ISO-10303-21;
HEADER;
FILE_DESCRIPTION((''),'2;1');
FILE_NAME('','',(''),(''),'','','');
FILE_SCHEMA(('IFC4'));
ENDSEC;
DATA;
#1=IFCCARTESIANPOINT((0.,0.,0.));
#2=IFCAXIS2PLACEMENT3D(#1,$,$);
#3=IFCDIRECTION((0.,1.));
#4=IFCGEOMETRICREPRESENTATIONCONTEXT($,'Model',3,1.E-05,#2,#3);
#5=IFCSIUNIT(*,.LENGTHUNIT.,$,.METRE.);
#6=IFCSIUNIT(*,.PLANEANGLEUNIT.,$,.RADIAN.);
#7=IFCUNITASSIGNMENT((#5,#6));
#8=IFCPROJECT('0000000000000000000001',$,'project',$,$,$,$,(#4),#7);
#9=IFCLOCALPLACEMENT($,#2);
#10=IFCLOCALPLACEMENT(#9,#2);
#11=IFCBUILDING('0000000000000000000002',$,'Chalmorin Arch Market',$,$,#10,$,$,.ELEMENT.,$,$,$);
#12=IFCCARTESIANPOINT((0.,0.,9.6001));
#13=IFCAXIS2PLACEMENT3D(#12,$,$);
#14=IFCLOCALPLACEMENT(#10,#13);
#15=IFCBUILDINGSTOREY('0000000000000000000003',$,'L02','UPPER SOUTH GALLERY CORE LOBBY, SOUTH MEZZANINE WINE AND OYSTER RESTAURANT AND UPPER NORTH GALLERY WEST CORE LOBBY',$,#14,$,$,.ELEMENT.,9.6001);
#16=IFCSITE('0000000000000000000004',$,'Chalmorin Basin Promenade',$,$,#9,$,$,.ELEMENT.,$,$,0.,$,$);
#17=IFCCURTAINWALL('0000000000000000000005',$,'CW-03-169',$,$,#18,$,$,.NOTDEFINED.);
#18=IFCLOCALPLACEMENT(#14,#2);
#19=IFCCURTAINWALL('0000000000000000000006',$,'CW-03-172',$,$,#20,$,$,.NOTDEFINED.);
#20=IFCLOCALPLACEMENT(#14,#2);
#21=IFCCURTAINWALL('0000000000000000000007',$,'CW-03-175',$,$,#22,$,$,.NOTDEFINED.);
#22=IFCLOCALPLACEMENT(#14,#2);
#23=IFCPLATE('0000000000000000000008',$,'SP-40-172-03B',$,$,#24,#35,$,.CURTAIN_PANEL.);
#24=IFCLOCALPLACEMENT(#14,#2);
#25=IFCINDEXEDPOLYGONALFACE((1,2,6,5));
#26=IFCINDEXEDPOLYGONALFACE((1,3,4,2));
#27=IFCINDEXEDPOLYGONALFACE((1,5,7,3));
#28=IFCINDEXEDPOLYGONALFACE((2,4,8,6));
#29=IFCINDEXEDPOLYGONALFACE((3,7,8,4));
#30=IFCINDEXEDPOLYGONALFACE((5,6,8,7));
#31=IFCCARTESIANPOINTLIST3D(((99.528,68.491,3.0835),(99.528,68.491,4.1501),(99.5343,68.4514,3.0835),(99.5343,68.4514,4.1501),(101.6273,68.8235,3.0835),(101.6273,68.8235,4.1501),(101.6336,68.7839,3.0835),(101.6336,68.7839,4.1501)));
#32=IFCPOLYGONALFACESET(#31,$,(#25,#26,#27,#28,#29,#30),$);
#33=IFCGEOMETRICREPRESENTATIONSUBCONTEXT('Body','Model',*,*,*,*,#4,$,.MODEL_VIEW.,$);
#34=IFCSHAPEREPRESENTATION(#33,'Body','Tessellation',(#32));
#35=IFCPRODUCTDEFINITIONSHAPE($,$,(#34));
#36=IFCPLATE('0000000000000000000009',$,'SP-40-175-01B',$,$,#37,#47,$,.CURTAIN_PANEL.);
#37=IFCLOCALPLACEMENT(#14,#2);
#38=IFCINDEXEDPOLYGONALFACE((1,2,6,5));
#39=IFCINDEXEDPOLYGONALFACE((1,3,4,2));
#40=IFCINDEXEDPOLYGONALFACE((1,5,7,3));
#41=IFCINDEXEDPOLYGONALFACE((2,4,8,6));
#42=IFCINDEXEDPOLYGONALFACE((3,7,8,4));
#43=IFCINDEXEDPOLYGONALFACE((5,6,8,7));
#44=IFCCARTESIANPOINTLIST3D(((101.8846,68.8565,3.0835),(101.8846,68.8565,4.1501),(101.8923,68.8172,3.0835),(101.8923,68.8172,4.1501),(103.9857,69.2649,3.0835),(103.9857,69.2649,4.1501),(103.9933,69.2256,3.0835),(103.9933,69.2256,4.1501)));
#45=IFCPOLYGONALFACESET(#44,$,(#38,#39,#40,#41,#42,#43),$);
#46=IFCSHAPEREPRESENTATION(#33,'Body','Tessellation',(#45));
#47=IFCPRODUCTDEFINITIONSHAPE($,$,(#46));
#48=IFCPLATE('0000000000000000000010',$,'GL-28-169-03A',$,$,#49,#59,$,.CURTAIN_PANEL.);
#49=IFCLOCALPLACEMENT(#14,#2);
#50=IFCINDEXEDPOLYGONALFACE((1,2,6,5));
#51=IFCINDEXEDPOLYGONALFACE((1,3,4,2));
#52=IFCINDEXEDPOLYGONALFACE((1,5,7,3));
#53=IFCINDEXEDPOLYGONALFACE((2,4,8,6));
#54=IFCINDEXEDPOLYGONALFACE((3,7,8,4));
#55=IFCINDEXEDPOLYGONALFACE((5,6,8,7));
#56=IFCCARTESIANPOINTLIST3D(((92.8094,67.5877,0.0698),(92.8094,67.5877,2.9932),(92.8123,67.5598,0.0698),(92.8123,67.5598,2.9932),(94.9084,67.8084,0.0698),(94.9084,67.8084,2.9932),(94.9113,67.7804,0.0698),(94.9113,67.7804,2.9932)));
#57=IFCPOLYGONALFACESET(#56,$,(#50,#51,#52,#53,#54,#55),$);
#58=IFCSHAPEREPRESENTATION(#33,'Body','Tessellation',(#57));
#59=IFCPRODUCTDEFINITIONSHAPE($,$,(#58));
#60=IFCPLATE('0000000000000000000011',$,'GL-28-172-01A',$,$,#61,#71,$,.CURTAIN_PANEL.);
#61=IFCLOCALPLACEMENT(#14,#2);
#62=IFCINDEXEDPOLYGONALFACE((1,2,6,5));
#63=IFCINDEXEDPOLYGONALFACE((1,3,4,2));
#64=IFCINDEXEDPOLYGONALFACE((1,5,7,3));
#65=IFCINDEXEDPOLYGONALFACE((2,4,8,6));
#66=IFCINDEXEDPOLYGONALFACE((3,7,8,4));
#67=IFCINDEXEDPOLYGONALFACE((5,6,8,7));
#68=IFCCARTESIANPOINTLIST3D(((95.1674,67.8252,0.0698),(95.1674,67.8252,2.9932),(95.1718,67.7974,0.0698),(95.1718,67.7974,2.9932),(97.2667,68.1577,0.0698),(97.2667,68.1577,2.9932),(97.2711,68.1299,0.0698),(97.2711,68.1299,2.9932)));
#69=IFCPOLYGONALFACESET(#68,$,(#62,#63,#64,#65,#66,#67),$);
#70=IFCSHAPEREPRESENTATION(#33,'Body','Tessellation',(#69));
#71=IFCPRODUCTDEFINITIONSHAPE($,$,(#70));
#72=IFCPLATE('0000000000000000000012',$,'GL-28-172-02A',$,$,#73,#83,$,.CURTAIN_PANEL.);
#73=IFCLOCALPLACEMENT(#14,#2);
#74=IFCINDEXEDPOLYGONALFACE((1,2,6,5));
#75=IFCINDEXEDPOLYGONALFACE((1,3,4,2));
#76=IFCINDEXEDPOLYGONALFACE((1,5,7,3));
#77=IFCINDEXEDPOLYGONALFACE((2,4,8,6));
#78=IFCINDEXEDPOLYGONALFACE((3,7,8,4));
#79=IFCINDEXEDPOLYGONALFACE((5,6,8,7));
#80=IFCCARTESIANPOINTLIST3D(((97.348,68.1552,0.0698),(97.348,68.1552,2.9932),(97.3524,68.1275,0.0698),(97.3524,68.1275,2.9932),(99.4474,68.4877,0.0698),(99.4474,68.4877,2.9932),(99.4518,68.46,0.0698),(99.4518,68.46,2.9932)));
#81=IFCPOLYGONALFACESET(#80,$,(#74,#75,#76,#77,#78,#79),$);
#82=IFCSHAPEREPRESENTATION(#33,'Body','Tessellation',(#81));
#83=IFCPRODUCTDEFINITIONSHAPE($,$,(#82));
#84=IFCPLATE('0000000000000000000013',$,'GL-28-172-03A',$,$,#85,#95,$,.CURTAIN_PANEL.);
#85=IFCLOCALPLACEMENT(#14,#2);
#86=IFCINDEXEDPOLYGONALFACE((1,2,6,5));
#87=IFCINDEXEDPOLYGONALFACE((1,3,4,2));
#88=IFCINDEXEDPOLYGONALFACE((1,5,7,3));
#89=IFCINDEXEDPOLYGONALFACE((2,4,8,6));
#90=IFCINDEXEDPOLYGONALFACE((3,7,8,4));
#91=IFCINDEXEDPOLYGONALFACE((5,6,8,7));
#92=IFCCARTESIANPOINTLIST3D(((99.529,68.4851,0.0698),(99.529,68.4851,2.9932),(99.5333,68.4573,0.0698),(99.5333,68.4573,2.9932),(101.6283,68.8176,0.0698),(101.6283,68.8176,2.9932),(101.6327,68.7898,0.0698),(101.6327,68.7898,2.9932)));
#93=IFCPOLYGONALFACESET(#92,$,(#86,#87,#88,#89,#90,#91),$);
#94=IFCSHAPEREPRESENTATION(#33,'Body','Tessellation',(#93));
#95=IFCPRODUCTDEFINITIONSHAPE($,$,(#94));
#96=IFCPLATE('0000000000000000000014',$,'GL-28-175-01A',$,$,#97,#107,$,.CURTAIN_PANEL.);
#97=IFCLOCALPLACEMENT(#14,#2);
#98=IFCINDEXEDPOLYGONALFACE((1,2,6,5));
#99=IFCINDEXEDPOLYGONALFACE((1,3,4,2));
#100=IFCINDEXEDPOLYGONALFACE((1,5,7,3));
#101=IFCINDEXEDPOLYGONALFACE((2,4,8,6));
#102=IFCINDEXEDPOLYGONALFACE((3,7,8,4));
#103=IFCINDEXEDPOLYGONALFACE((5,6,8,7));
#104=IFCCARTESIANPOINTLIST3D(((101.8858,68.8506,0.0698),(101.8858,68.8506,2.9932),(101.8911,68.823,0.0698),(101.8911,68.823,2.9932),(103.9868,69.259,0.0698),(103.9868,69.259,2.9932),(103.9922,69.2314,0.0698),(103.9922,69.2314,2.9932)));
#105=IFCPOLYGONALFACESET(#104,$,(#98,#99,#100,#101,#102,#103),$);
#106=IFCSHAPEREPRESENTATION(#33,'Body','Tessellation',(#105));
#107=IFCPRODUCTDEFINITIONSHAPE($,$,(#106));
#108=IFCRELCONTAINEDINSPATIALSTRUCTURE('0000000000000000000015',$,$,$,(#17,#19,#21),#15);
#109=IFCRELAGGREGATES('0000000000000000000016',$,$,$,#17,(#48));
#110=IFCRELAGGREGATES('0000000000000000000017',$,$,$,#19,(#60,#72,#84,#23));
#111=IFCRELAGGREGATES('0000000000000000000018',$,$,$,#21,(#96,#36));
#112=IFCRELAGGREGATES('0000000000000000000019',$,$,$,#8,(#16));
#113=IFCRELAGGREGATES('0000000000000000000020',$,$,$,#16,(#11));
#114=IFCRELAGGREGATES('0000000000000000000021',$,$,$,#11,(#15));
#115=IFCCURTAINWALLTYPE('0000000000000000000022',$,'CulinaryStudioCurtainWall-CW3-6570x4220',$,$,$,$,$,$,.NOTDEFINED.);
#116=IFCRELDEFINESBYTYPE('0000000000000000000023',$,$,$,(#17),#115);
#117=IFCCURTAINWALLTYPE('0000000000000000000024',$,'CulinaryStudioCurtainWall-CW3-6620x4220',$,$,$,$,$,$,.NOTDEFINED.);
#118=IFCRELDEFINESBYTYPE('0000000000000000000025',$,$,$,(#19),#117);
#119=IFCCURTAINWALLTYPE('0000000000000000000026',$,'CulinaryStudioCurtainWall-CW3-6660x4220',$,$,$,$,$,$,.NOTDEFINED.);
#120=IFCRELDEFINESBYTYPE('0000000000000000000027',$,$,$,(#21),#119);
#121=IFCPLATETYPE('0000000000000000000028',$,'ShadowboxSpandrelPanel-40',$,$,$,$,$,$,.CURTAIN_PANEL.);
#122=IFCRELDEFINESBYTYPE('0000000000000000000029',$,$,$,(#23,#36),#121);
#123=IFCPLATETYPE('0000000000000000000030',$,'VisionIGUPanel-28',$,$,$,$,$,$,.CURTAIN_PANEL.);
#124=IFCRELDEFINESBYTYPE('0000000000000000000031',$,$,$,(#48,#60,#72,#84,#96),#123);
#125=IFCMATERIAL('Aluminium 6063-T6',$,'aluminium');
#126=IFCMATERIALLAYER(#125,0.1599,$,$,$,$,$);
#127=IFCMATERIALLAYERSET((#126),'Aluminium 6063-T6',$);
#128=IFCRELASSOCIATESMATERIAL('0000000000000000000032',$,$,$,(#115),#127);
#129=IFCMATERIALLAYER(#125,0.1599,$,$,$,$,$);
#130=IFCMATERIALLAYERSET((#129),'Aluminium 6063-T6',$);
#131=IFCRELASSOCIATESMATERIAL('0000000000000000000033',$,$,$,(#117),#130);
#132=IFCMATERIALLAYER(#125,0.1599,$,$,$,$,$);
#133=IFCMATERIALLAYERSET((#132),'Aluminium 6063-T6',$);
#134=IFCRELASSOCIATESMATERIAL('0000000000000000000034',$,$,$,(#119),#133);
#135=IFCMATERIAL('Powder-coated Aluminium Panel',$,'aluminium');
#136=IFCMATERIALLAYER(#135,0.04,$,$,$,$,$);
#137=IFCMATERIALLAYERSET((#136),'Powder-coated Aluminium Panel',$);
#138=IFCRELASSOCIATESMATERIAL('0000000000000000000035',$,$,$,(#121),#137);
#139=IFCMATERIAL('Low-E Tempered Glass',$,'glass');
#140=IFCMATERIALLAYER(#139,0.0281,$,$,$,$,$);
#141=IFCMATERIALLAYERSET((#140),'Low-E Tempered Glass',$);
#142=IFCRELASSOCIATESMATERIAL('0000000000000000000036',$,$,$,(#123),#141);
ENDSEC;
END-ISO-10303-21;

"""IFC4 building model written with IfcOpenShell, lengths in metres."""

from ifc_helpers import new_model, si_unit, direction, frame, origin, origin_2d, place, context, subcontext, project, spatial, rectangle, extrude, material, layer, layer_set, type_object, element, aggregate, save


model = new_model("IFC4")

# Units and contexts
model_context = context("Model", 3, precision=1e-05, world=origin(), true_north=direction((0.0, 1.0)))
body_context = subcontext(model_context, "Body", "Model", "MODEL_VIEW")
ifc_project = project(units=[si_unit("LENGTHUNIT", "METRE"), si_unit("PLANEANGLEUNIT", "RADIAN")], contexts=[model_context])

# Site, building, storey
site_placement = place(None, origin())
site = spatial("IfcSite", under=ifc_project, at=site_placement, Name="Chalmorin Basin Promenade", CompositionType="ELEMENT", RefElevation=0.0)
building_placement = place(site_placement, origin())
building = spatial("IfcBuilding", under=site, at=building_placement, Name="Chalmorin Arch Market", CompositionType="ELEMENT")
storey_placement = place(building_placement, frame((0.0, 0.0, 9.6001)))
storey = spatial("IfcBuildingStorey", under=building, at=storey_placement, Name="L02", Description="UPPER SOUTH GALLERY CORE LOBBY, SOUTH MEZZANINE WINE AND OYSTER RESTAURANT AND UPPER NORTH GALLERY WEST CORE LOBBY", CompositionType="ELEMENT", Elevation=9.6001)

# Curtain wall
ifc_material_1 = material(Name="Aluminium 6063-T6", Category="aluminium")
ifc_layer_1 = layer(ifc_material_1, 0.1599)
ifc_layer_set_1 = layer_set([ifc_layer_1], Name="Aluminium 6063-T6")
curtain_wall_type_1 = type_object("IfcCurtainWallType", Name="CulinaryStudioCurtainWall-CW3-6570x4220", PredefinedType="NOTDEFINED", material=ifc_layer_set_1)
curtain_wall_1_placement = place(storey_placement, origin())
curtain_wall_1 = element("IfcCurtainWall", 1, at=curtain_wall_1_placement, inside=storey, type_object=curtain_wall_type_1, Name="CW-03-169", PredefinedType="NOTDEFINED")

# Curtain wall
ifc_layer_2 = layer(ifc_material_1, 0.1599)
ifc_layer_set_2 = layer_set([ifc_layer_2], Name="Aluminium 6063-T6")
curtain_wall_type_2 = type_object("IfcCurtainWallType", Name="CulinaryStudioCurtainWall-CW3-6620x4220", PredefinedType="NOTDEFINED", material=ifc_layer_set_2)
curtain_wall_2_placement = place(storey_placement, origin())
curtain_wall_2 = element("IfcCurtainWall", 2, at=curtain_wall_2_placement, inside=storey, type_object=curtain_wall_type_2, Name="CW-03-172", PredefinedType="NOTDEFINED")

# Curtain wall
ifc_layer_3 = layer(ifc_material_1, 0.1599)
ifc_layer_set_3 = layer_set([ifc_layer_3], Name="Aluminium 6063-T6")
curtain_wall_type_3 = type_object("IfcCurtainWallType", Name="CulinaryStudioCurtainWall-CW3-6660x4220", PredefinedType="NOTDEFINED", material=ifc_layer_set_3)
curtain_wall_3_placement = place(storey_placement, origin())
curtain_wall_3 = element("IfcCurtainWall", 3, at=curtain_wall_3_placement, inside=storey, type_object=curtain_wall_type_3, Name="CW-03-175", PredefinedType="NOTDEFINED")

# Plates
ifc_material_2 = material(Name="Powder-coated Aluminium Panel", Category="aluminium")
ifc_layer_4 = layer(ifc_material_2, 0.04)
ifc_layer_set_4 = layer_set([ifc_layer_4], Name="Powder-coated Aluminium Panel")
plate_type_1 = type_object("IfcPlateType", Name="ShadowboxSpandrelPanel-40", PredefinedType="CURTAIN_PANEL", material=ifc_layer_set_4)
plate_1_placement = place(storey_placement, frame((100.5808, 68.6375, 3.0835), z_axis=(0.0, 0.0, 1.0), x_axis=(0.987688, 0.156434, 0.0)))
plate_1 = element("IfcPlate", 4, at=plate_1_placement, type_object=plate_type_1, Name="SP-40-172-03B", PredefinedType="CURTAIN_PANEL", context=body_context, shape_type="SweptSolid", body=[
    extrude(rectangle(XDim=2.1255, YDim=0.04, at=origin_2d()), origin(), (0.0, 0.0, 1.0), 1.0667),
])
plate_2_placement = place(storey_placement, frame((102.939, 69.041, 3.0835), z_axis=(0.0, 0.0, 1.0), x_axis=(0.981627, 0.190809, 0.0)))
plate_2 = element("IfcPlate", 5, at=plate_2_placement, type_object=plate_type_1, Name="SP-40-175-01B", PredefinedType="CURTAIN_PANEL", context=body_context, shape_type="SweptSolid", body=[
    extrude(rectangle(XDim=2.1404, YDim=0.04, at=origin_2d()), origin(), (0.0, 0.0, 1.0), 1.0667),
])
ifc_material_3 = material(Name="Low-E Tempered Glass", Category="glass")
ifc_layer_5 = layer(ifc_material_3, 0.0281)
ifc_layer_set_5 = layer_set([ifc_layer_5], Name="Low-E Tempered Glass")
plate_type_2 = type_object("IfcPlateType", Name="VisionIGUPanel-28", PredefinedType="CURTAIN_PANEL", material=ifc_layer_set_5)
plate_3_placement = place(storey_placement, frame((93.8604, 67.6841, 0.0698), z_axis=(0.0, 0.0, 1.0), x_axis=(0.994522, 0.104528, 0.0)))
plate_3 = element("IfcPlate", 6, at=plate_3_placement, type_object=plate_type_2, Name="GL-28-169-03A", PredefinedType="CURTAIN_PANEL", context=body_context, shape_type="SweptSolid", body=[
    extrude(rectangle(XDim=2.1106, YDim=0.0281, at=origin_2d()), origin(), (0.0, 0.0, 1.0), 2.9233),
])
aggregate(curtain_wall_1, [plate_3])
plate_4_placement = place(storey_placement, frame((96.2192, 67.9775, 0.0698), z_axis=(0.0, 0.0, 1.0), x_axis=(0.987688, 0.156434, 0.0)))
plate_4 = element("IfcPlate", 7, at=plate_4_placement, type_object=plate_type_2, Name="GL-28-172-01A", PredefinedType="CURTAIN_PANEL", context=body_context, shape_type="SweptSolid", body=[
    extrude(rectangle(XDim=2.1255, YDim=0.0281, at=origin_2d()), origin(), (0.0, 0.0, 1.0), 2.9233),
])
plate_5_placement = place(storey_placement, frame((98.3999, 68.3076, 0.0698), z_axis=(0.0, 0.0, 1.0), x_axis=(0.987688, 0.156434, 0.0)))
plate_5 = element("IfcPlate", 8, at=plate_5_placement, type_object=plate_type_2, Name="GL-28-172-02A", PredefinedType="CURTAIN_PANEL", context=body_context, shape_type="SweptSolid", body=[
    extrude(rectangle(XDim=2.1255, YDim=0.0281, at=origin_2d()), origin(), (0.0, 0.0, 1.0), 2.9233),
])
plate_6_placement = place(storey_placement, frame((100.5808, 68.6375, 0.0698), z_axis=(0.0, 0.0, 1.0), x_axis=(0.987688, 0.156434, 0.0)))
plate_6 = element("IfcPlate", 9, at=plate_6_placement, type_object=plate_type_2, Name="GL-28-172-03A", PredefinedType="CURTAIN_PANEL", context=body_context, shape_type="SweptSolid", body=[
    extrude(rectangle(XDim=2.1255, YDim=0.0281, at=origin_2d()), origin(), (0.0, 0.0, 1.0), 2.9233),
])
aggregate(curtain_wall_2, [plate_4, plate_5, plate_6, plate_1])
plate_7_placement = place(storey_placement, frame((102.939, 69.041, 0.0698), z_axis=(0.0, 0.0, 1.0), x_axis=(0.981627, 0.190809, 0.0)))
plate_7 = element("IfcPlate", 10, at=plate_7_placement, type_object=plate_type_2, Name="GL-28-175-01A", PredefinedType="CURTAIN_PANEL", context=body_context, shape_type="SweptSolid", body=[
    extrude(rectangle(XDim=2.1404, YDim=0.0281, at=origin_2d()), origin(), (0.0, 0.0, 1.0), 2.9233),
])
aggregate(curtain_wall_3, [plate_7, plate_2])

save(model, "model.ifc")
